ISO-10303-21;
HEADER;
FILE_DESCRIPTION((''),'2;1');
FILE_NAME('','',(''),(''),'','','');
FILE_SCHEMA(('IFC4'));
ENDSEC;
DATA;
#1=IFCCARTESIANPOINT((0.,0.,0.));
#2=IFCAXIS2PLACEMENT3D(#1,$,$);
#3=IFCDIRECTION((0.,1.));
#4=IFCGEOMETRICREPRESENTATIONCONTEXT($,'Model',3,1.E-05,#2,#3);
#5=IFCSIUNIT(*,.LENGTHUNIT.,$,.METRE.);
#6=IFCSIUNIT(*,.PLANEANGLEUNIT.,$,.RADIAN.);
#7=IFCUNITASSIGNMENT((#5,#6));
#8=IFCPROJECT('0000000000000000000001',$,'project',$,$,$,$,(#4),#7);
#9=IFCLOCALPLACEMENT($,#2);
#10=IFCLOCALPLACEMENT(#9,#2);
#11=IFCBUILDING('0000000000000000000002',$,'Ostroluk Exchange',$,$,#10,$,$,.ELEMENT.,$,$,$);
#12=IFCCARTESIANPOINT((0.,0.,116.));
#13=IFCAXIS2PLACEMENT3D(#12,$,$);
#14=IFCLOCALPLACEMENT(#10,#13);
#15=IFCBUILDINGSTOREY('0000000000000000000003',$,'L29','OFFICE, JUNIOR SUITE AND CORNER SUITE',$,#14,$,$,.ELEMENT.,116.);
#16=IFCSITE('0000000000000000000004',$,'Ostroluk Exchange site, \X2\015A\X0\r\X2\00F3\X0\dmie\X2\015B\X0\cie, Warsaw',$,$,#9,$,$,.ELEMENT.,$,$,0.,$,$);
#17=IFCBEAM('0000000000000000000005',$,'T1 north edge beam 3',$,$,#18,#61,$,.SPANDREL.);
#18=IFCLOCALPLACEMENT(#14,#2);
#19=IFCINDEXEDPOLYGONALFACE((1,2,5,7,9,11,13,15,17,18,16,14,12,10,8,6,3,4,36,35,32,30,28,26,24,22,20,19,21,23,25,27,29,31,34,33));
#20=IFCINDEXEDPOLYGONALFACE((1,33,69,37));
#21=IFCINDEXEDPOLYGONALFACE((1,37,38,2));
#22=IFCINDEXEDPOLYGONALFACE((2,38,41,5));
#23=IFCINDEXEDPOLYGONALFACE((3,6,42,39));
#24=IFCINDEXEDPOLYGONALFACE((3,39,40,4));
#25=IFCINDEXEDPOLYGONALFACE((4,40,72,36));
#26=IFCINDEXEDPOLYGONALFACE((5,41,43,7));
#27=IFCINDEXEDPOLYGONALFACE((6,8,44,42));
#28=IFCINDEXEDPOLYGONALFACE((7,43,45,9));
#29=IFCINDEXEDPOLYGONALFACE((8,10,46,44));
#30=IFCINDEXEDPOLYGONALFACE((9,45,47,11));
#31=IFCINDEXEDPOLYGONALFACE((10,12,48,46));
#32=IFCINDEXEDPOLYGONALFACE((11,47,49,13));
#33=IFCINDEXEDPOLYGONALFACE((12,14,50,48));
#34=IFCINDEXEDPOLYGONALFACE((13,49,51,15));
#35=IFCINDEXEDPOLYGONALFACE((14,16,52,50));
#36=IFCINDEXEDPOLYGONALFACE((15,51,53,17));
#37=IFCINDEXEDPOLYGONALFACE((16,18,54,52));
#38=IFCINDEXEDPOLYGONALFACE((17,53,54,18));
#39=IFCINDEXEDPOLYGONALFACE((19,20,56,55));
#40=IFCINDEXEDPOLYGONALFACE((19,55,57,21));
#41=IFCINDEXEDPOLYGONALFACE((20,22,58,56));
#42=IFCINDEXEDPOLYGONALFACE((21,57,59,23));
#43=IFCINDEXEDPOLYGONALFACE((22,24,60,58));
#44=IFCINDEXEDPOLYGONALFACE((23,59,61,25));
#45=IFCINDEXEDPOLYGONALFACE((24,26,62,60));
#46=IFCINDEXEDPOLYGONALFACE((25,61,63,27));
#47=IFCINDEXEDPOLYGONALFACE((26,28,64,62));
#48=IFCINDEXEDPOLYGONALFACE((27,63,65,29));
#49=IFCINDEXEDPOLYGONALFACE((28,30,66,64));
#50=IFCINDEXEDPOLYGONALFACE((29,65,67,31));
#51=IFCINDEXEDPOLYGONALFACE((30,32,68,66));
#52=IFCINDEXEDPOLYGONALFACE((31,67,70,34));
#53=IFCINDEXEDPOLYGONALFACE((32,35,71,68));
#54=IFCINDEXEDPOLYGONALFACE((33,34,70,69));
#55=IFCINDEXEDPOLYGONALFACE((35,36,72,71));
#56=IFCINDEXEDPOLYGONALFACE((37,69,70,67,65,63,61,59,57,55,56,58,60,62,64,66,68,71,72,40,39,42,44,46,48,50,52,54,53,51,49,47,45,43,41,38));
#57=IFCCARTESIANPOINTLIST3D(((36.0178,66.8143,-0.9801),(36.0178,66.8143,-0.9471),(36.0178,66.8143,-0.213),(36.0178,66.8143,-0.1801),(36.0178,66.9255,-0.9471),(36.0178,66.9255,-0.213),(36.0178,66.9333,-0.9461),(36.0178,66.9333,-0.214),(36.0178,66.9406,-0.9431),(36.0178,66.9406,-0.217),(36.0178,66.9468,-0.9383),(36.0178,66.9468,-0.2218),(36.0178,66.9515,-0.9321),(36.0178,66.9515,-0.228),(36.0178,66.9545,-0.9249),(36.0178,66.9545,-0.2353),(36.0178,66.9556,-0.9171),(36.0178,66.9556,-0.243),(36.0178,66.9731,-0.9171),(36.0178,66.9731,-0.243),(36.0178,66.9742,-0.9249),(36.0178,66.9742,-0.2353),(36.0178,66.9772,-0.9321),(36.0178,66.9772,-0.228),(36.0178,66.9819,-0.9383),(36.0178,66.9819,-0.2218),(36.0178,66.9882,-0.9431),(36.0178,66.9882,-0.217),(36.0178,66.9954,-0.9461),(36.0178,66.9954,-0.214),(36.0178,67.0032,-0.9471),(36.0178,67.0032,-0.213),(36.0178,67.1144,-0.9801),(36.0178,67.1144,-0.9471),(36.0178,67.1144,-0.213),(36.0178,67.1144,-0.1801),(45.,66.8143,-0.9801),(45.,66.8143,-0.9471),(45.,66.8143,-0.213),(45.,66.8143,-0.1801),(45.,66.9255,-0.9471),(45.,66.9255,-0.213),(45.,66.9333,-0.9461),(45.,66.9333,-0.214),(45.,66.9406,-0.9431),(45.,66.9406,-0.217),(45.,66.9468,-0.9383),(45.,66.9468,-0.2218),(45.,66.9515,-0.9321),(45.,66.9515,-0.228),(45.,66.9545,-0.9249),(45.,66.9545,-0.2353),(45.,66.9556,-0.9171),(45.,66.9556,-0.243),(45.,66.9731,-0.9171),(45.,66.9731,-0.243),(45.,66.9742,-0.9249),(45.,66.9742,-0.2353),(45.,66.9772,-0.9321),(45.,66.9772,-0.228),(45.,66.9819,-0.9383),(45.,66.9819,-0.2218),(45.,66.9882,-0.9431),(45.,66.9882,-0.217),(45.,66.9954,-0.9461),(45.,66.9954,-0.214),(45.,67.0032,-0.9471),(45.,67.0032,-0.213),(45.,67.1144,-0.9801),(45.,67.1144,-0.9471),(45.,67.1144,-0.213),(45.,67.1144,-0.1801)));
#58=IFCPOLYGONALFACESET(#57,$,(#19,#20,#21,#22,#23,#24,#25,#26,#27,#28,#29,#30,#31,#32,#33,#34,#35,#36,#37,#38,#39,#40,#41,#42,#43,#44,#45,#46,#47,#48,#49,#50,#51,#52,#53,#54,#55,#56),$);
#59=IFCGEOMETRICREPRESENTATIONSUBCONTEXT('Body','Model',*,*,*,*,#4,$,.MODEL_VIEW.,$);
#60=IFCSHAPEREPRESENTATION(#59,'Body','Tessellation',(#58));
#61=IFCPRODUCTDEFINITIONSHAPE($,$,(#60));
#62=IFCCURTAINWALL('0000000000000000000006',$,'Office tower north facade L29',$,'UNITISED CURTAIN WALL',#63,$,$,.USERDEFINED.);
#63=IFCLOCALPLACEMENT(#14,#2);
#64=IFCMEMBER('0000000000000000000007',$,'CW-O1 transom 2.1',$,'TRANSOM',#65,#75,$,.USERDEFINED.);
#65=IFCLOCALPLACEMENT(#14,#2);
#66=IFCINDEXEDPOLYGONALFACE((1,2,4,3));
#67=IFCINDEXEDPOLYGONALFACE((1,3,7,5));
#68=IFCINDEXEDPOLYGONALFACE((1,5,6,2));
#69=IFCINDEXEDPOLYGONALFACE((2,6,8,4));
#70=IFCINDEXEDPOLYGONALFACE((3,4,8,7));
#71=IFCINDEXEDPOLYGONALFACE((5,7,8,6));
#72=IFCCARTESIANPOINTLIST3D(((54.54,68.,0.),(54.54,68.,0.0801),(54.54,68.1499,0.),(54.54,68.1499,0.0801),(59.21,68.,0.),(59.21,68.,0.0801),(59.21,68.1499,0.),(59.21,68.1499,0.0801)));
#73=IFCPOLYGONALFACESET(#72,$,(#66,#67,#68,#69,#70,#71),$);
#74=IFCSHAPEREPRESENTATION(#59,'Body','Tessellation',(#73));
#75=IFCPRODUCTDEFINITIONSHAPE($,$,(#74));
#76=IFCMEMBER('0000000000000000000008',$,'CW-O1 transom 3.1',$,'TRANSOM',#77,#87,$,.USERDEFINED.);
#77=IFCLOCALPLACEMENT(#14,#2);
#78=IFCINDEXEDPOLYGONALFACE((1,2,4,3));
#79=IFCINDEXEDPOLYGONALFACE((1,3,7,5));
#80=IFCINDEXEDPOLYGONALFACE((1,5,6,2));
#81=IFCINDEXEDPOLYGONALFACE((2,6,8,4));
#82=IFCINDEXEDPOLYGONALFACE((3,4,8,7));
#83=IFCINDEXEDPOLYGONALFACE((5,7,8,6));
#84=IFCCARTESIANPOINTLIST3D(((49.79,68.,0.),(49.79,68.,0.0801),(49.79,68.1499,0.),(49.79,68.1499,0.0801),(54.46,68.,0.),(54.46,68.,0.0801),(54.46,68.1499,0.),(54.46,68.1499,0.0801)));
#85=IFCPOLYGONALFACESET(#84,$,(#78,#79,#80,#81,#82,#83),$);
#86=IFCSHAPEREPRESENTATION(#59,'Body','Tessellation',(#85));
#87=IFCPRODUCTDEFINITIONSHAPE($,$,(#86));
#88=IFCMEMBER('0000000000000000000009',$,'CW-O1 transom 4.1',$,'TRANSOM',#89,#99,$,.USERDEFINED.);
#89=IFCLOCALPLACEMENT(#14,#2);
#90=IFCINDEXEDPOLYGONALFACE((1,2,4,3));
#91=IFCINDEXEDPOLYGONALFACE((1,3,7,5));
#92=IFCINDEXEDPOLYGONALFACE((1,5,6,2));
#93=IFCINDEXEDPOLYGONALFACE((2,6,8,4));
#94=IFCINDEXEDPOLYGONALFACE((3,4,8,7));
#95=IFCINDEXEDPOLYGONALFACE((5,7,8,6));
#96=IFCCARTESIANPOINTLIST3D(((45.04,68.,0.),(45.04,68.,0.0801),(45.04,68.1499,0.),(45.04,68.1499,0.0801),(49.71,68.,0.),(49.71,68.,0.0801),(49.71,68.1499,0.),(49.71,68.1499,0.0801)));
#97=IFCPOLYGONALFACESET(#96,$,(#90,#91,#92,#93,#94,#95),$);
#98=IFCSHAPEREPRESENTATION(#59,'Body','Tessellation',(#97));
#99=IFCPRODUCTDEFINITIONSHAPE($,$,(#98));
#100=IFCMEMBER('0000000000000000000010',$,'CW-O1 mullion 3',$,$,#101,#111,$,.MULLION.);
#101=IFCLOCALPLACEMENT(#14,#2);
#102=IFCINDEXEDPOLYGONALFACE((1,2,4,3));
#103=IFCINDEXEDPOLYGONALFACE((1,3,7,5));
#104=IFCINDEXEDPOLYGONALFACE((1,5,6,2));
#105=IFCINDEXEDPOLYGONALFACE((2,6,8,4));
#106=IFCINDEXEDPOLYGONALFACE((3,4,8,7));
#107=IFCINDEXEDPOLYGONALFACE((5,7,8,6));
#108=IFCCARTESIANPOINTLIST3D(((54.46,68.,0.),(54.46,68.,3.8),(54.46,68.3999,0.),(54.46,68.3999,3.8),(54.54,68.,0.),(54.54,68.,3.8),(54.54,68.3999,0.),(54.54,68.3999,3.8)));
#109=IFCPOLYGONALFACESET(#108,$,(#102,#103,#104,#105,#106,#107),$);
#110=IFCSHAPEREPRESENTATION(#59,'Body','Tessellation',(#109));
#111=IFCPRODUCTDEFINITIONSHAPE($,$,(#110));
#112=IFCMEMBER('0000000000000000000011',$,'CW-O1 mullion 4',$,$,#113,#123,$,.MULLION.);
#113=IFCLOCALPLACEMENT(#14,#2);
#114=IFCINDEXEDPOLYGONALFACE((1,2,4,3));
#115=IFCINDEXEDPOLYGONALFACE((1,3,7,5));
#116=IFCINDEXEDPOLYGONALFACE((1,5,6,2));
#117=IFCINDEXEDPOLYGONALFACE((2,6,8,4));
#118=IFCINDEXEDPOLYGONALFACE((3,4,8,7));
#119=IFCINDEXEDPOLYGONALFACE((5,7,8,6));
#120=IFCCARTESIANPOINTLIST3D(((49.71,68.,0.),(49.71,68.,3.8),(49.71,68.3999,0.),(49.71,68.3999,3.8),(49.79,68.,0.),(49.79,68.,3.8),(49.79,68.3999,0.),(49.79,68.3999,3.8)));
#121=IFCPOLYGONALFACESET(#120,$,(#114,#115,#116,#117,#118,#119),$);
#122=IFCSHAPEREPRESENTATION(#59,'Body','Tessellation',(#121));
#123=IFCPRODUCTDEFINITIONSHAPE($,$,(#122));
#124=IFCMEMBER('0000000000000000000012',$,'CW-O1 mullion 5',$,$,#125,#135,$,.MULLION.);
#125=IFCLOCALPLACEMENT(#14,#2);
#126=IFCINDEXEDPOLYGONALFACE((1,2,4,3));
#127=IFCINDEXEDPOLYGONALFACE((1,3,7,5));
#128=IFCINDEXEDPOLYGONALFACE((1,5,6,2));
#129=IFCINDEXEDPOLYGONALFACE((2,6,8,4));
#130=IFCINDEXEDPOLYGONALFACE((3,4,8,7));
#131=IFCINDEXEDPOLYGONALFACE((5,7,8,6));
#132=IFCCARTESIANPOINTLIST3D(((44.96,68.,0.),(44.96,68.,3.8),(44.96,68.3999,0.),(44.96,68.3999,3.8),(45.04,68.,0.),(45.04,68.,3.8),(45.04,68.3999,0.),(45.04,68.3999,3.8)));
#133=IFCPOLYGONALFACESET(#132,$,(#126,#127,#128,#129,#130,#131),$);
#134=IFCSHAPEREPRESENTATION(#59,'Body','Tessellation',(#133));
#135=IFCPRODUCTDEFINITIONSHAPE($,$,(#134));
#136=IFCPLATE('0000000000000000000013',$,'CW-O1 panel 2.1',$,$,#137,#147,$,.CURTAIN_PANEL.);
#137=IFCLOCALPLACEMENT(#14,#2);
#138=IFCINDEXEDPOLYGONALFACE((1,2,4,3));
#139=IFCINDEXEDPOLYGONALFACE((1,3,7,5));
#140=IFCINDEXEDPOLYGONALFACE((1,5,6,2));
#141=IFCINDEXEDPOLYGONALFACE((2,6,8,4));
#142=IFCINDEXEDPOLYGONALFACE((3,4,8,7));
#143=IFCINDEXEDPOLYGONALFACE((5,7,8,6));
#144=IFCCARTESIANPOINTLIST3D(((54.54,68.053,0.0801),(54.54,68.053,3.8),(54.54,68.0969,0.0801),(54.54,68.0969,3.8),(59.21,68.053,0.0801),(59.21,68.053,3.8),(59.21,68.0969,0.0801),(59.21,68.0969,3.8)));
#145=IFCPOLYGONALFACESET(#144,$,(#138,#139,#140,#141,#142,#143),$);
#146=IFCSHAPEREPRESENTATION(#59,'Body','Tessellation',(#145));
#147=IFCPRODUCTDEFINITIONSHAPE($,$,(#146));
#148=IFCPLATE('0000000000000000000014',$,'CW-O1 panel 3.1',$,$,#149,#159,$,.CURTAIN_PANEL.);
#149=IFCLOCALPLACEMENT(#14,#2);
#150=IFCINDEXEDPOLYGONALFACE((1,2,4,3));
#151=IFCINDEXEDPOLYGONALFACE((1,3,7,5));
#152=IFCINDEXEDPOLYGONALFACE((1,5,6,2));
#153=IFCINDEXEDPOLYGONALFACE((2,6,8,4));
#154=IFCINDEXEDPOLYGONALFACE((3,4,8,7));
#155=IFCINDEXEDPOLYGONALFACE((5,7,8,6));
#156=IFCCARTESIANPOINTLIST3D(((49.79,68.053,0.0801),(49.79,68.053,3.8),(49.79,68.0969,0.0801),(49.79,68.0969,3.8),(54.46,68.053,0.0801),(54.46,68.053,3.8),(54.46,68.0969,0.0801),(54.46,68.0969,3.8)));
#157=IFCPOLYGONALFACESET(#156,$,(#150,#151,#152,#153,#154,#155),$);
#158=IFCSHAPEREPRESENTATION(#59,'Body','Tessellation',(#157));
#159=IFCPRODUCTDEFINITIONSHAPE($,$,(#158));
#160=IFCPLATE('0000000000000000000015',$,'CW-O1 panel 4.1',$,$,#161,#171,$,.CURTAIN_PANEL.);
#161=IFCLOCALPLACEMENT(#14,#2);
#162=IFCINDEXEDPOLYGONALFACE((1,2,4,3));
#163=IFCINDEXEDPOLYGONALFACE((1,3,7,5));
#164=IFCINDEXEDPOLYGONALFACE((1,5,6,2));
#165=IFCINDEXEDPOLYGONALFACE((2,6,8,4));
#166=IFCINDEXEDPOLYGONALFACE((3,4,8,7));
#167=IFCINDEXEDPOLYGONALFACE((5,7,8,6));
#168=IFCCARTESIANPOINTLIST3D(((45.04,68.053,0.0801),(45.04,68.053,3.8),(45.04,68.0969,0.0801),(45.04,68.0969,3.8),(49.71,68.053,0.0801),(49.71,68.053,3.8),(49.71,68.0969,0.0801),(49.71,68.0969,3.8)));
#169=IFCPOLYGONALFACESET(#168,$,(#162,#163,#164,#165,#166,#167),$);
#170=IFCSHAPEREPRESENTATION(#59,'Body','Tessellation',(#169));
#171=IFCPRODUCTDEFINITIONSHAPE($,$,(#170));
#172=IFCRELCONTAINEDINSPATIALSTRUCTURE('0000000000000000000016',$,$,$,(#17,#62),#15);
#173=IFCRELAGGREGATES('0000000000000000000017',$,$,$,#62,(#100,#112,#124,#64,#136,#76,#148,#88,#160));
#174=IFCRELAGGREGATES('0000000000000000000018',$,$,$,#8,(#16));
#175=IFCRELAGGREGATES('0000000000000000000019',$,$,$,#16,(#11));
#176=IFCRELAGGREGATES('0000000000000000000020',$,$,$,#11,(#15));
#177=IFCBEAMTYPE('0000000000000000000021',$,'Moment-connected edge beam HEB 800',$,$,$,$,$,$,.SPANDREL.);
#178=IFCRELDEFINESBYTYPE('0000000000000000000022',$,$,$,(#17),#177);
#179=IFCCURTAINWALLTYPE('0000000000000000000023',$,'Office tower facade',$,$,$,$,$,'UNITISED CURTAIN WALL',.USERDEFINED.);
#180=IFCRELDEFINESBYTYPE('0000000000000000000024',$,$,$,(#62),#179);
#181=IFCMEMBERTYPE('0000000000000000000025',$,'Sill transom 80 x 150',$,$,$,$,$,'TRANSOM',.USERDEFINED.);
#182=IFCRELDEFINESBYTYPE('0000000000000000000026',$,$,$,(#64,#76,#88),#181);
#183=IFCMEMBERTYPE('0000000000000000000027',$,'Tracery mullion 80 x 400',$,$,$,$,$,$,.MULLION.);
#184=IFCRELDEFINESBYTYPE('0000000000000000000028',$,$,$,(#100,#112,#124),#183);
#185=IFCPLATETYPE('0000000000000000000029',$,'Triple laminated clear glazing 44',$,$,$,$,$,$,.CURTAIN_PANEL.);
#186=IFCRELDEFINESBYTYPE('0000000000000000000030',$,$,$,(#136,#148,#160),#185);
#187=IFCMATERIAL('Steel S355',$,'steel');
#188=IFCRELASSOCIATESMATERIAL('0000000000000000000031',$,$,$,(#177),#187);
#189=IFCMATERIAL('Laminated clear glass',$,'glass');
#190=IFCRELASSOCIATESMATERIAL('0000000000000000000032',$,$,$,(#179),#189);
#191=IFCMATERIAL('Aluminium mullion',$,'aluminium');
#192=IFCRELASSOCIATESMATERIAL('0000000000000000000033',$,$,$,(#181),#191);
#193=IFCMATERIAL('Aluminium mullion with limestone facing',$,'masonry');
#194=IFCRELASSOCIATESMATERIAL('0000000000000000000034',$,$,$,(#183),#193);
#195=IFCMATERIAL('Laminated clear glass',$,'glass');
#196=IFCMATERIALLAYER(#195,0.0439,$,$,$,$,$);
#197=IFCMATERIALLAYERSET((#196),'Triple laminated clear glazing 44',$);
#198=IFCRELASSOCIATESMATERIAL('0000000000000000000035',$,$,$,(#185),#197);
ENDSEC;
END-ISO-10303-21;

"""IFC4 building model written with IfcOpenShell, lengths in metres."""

from ifc_helpers import new_model, si_unit, direction, frame, origin, origin_2d, place, context, subcontext, project, spatial, rectangle, i_section, extrude, material, layer, layer_set, material_profile, profile_set, type_object, element, aggregate, save


model = new_model("IFC4")

# Units and contexts
model_context = context("Model", 3, precision=1e-05, world=origin(), true_north=direction((0.0, 1.0)))
body_context = subcontext(model_context, "Body", "Model", "MODEL_VIEW")
ifc_project = project(units=[si_unit("LENGTHUNIT", "METRE"), si_unit("PLANEANGLEUNIT", "RADIAN")], contexts=[model_context])

# Site, building, storey
site_placement = place(None, origin())
site = spatial("IfcSite", under=ifc_project, at=site_placement, Name="Ostroluk Exchange site, Śródmieście, Warsaw", CompositionType="ELEMENT", RefElevation=0.0)
building_placement = place(site_placement, origin())
building = spatial("IfcBuilding", under=site, at=building_placement, Name="Ostroluk Exchange", CompositionType="ELEMENT")
storey_placement = place(building_placement, frame((0.0, 0.0, 116.0)))
storey = spatial("IfcBuildingStorey", under=building, at=storey_placement, Name="L29", Description="OFFICE, JUNIOR SUITE AND CORNER SUITE", CompositionType="ELEMENT", Elevation=116.0)

# Beam
ifc_material_1 = material(Name="Steel S355", Category="steel")
ifc_material_profile_1 = material_profile(ifc_material_1, i_section(OverallWidth=0.3, OverallDepth=0.8, WebThickness=0.0176, FlangeThickness=0.033, FilletRadius=0.03, at=origin_2d()), Name="HEB 800")
ifc_profile_set_1 = profile_set([ifc_material_profile_1], Name="Steel S355")
beam_type_1 = type_object("IfcBeamType", Name="Moment-connected edge beam HEB 800", PredefinedType="SPANDREL", material=ifc_profile_set_1)
for number, where, z_axis, x_axis, name in (
    (1, (45.0, 66.9644, -0.5801), (-1.0, 0.0, 0.0), (0.0, -1.0, 0.0), "T1 north edge beam 3"),
):
    element("IfcBeam", number, at=place(storey_placement, frame(where, z_axis=z_axis, x_axis=x_axis)), inside=storey, type_object=beam_type_1, Name=name, PredefinedType="SPANDREL", context=body_context, shape_type="SweptSolid", body=[
        extrude(i_section(OverallWidth=0.3, OverallDepth=0.8, WebThickness=0.0176, FlangeThickness=0.033, FilletRadius=0.03, at=origin_2d()), origin(), (0.0, 0.0, 1.0), 8.9822),
    ])

# Curtain wall, members, plates
ifc_material_2 = material(Name="Laminated clear glass", Category="glass")
curtain_wall_type = type_object("IfcCurtainWallType", Name="Office tower facade", ElementType="UNITISED CURTAIN WALL", PredefinedType="USERDEFINED", material=ifc_material_2)
curtain_wall_placement = place(storey_placement, origin())
curtain_wall = element("IfcCurtainWall", 2, at=curtain_wall_placement, inside=storey, type_object=curtain_wall_type, Name="Office tower north facade L29", ObjectType="UNITISED CURTAIN WALL", PredefinedType="USERDEFINED")
ifc_material_3 = material(Name="Aluminium mullion", Category="aluminium")
ifc_material_profile_2 = material_profile(ifc_material_3, rectangle(XDim=0.1499, YDim=0.0801, at=origin_2d()), Name="Sill transom 80 x 150")
ifc_profile_set_2 = profile_set([ifc_material_profile_2], Name="Aluminium mullion")
member_type_1 = type_object("IfcMemberType", Name="Sill transom 80 x 150", ElementType="TRANSOM", PredefinedType="USERDEFINED", material=ifc_profile_set_2)
member_1_placement = place(storey_placement, frame((59.21, 68.075, 0.04), z_axis=(-1.0, 0.0, 0.0), x_axis=(0.0, -1.0, 0.0)))
member_1 = element("IfcMember", 3, at=member_1_placement, type_object=member_type_1, Name="CW-O1 transom 2.1", ObjectType="TRANSOM", PredefinedType="USERDEFINED", context=body_context, shape_type="SweptSolid", body=[
    extrude(rectangle(XDim=0.1499, YDim=0.0801, at=origin_2d()), origin(), (0.0, 0.0, 1.0), 4.6699),
])
member_2_placement = place(storey_placement, frame((54.46, 68.075, 0.04), z_axis=(-1.0, 0.0, 0.0), x_axis=(0.0, -1.0, 0.0)))
member_2 = element("IfcMember", 4, at=member_2_placement, type_object=member_type_1, Name="CW-O1 transom 3.1", ObjectType="TRANSOM", PredefinedType="USERDEFINED", context=body_context, shape_type="SweptSolid", body=[
    extrude(rectangle(XDim=0.1499, YDim=0.0801, at=origin_2d()), origin(), (0.0, 0.0, 1.0), 4.6699),
])
member_3_placement = place(storey_placement, frame((49.71, 68.075, 0.04), z_axis=(-1.0, 0.0, 0.0), x_axis=(0.0, -1.0, 0.0)))
member_3 = element("IfcMember", 5, at=member_3_placement, type_object=member_type_1, Name="CW-O1 transom 4.1", ObjectType="TRANSOM", PredefinedType="USERDEFINED", context=body_context, shape_type="SweptSolid", body=[
    extrude(rectangle(XDim=0.1499, YDim=0.0801, at=origin_2d()), origin(), (0.0, 0.0, 1.0), 4.6699),
])
ifc_material_4 = material(Name="Aluminium mullion with limestone facing", Category="masonry")
ifc_material_profile_3 = material_profile(ifc_material_4, rectangle(XDim=0.3999, YDim=0.0801, at=origin_2d()), Name="Tracery mullion 80 x 400")
ifc_profile_set_3 = profile_set([ifc_material_profile_3], Name="Aluminium mullion with limestone facing")
member_type_2 = type_object("IfcMemberType", Name="Tracery mullion 80 x 400", PredefinedType="MULLION", material=ifc_profile_set_3)
member_4_placement = place(storey_placement, frame((54.5, 68.2, 0.0), z_axis=(0.0, 0.0, 1.0), x_axis=(0.0, -1.0, 0.0)))
member_4 = element("IfcMember", 6, at=member_4_placement, type_object=member_type_2, Name="CW-O1 mullion 3", PredefinedType="MULLION", context=body_context, shape_type="SweptSolid", body=[
    extrude(rectangle(XDim=0.3999, YDim=0.0801, at=origin_2d()), origin(), (0.0, 0.0, 1.0), 3.8),
])
member_5_placement = place(storey_placement, frame((49.75, 68.2, 0.0), z_axis=(0.0, 0.0, 1.0), x_axis=(0.0, -1.0, 0.0)))
member_5 = element("IfcMember", 7, at=member_5_placement, type_object=member_type_2, Name="CW-O1 mullion 4", PredefinedType="MULLION", context=body_context, shape_type="SweptSolid", body=[
    extrude(rectangle(XDim=0.3999, YDim=0.0801, at=origin_2d()), origin(), (0.0, 0.0, 1.0), 3.8),
])
member_6_placement = place(storey_placement, frame((45.0, 68.2, 0.0), z_axis=(0.0, 0.0, 1.0), x_axis=(0.0, -1.0, 0.0)))
member_6 = element("IfcMember", 8, at=member_6_placement, type_object=member_type_2, Name="CW-O1 mullion 5", PredefinedType="MULLION", context=body_context, shape_type="SweptSolid", body=[
    extrude(rectangle(XDim=0.3999, YDim=0.0801, at=origin_2d()), origin(), (0.0, 0.0, 1.0), 3.8),
])
ifc_material_5 = material(Name="Laminated clear glass", Category="glass")
ifc_layer_1 = layer(ifc_material_5, 0.0439)
ifc_layer_set_1 = layer_set([ifc_layer_1], Name="Triple laminated clear glazing 44")
plate_type = type_object("IfcPlateType", Name="Triple laminated clear glazing 44", PredefinedType="CURTAIN_PANEL", material=ifc_layer_set_1)
plate_1_placement = place(storey_placement, frame((56.875, 68.075, 0.0801), z_axis=(0.0, 0.0, 1.0), x_axis=(-1.0, 0.0, 0.0)))
plate_1 = element("IfcPlate", 9, at=plate_1_placement, type_object=plate_type, Name="CW-O1 panel 2.1", PredefinedType="CURTAIN_PANEL", context=body_context, shape_type="SweptSolid", body=[
    extrude(rectangle(XDim=4.6699, YDim=0.0439, at=origin_2d()), origin(), (0.0, 0.0, 1.0), 3.72),
])
plate_2_placement = place(storey_placement, frame((52.125, 68.075, 0.0801), z_axis=(0.0, 0.0, 1.0), x_axis=(-1.0, 0.0, 0.0)))
plate_2 = element("IfcPlate", 10, at=plate_2_placement, type_object=plate_type, Name="CW-O1 panel 3.1", PredefinedType="CURTAIN_PANEL", context=body_context, shape_type="SweptSolid", body=[
    extrude(rectangle(XDim=4.6699, YDim=0.0439, at=origin_2d()), origin(), (0.0, 0.0, 1.0), 3.72),
])
plate_3_placement = place(storey_placement, frame((47.375, 68.075, 0.0801), z_axis=(0.0, 0.0, 1.0), x_axis=(-1.0, 0.0, 0.0)))
plate_3 = element("IfcPlate", 11, at=plate_3_placement, type_object=plate_type, Name="CW-O1 panel 4.1", PredefinedType="CURTAIN_PANEL", context=body_context, shape_type="SweptSolid", body=[
    extrude(rectangle(XDim=4.6699, YDim=0.0439, at=origin_2d()), origin(), (0.0, 0.0, 1.0), 3.72),
])
aggregate(curtain_wall, [member_4, member_5, member_6, member_1, plate_1, member_2, plate_2, member_3, plate_3])

save(model, "model.ifc")
